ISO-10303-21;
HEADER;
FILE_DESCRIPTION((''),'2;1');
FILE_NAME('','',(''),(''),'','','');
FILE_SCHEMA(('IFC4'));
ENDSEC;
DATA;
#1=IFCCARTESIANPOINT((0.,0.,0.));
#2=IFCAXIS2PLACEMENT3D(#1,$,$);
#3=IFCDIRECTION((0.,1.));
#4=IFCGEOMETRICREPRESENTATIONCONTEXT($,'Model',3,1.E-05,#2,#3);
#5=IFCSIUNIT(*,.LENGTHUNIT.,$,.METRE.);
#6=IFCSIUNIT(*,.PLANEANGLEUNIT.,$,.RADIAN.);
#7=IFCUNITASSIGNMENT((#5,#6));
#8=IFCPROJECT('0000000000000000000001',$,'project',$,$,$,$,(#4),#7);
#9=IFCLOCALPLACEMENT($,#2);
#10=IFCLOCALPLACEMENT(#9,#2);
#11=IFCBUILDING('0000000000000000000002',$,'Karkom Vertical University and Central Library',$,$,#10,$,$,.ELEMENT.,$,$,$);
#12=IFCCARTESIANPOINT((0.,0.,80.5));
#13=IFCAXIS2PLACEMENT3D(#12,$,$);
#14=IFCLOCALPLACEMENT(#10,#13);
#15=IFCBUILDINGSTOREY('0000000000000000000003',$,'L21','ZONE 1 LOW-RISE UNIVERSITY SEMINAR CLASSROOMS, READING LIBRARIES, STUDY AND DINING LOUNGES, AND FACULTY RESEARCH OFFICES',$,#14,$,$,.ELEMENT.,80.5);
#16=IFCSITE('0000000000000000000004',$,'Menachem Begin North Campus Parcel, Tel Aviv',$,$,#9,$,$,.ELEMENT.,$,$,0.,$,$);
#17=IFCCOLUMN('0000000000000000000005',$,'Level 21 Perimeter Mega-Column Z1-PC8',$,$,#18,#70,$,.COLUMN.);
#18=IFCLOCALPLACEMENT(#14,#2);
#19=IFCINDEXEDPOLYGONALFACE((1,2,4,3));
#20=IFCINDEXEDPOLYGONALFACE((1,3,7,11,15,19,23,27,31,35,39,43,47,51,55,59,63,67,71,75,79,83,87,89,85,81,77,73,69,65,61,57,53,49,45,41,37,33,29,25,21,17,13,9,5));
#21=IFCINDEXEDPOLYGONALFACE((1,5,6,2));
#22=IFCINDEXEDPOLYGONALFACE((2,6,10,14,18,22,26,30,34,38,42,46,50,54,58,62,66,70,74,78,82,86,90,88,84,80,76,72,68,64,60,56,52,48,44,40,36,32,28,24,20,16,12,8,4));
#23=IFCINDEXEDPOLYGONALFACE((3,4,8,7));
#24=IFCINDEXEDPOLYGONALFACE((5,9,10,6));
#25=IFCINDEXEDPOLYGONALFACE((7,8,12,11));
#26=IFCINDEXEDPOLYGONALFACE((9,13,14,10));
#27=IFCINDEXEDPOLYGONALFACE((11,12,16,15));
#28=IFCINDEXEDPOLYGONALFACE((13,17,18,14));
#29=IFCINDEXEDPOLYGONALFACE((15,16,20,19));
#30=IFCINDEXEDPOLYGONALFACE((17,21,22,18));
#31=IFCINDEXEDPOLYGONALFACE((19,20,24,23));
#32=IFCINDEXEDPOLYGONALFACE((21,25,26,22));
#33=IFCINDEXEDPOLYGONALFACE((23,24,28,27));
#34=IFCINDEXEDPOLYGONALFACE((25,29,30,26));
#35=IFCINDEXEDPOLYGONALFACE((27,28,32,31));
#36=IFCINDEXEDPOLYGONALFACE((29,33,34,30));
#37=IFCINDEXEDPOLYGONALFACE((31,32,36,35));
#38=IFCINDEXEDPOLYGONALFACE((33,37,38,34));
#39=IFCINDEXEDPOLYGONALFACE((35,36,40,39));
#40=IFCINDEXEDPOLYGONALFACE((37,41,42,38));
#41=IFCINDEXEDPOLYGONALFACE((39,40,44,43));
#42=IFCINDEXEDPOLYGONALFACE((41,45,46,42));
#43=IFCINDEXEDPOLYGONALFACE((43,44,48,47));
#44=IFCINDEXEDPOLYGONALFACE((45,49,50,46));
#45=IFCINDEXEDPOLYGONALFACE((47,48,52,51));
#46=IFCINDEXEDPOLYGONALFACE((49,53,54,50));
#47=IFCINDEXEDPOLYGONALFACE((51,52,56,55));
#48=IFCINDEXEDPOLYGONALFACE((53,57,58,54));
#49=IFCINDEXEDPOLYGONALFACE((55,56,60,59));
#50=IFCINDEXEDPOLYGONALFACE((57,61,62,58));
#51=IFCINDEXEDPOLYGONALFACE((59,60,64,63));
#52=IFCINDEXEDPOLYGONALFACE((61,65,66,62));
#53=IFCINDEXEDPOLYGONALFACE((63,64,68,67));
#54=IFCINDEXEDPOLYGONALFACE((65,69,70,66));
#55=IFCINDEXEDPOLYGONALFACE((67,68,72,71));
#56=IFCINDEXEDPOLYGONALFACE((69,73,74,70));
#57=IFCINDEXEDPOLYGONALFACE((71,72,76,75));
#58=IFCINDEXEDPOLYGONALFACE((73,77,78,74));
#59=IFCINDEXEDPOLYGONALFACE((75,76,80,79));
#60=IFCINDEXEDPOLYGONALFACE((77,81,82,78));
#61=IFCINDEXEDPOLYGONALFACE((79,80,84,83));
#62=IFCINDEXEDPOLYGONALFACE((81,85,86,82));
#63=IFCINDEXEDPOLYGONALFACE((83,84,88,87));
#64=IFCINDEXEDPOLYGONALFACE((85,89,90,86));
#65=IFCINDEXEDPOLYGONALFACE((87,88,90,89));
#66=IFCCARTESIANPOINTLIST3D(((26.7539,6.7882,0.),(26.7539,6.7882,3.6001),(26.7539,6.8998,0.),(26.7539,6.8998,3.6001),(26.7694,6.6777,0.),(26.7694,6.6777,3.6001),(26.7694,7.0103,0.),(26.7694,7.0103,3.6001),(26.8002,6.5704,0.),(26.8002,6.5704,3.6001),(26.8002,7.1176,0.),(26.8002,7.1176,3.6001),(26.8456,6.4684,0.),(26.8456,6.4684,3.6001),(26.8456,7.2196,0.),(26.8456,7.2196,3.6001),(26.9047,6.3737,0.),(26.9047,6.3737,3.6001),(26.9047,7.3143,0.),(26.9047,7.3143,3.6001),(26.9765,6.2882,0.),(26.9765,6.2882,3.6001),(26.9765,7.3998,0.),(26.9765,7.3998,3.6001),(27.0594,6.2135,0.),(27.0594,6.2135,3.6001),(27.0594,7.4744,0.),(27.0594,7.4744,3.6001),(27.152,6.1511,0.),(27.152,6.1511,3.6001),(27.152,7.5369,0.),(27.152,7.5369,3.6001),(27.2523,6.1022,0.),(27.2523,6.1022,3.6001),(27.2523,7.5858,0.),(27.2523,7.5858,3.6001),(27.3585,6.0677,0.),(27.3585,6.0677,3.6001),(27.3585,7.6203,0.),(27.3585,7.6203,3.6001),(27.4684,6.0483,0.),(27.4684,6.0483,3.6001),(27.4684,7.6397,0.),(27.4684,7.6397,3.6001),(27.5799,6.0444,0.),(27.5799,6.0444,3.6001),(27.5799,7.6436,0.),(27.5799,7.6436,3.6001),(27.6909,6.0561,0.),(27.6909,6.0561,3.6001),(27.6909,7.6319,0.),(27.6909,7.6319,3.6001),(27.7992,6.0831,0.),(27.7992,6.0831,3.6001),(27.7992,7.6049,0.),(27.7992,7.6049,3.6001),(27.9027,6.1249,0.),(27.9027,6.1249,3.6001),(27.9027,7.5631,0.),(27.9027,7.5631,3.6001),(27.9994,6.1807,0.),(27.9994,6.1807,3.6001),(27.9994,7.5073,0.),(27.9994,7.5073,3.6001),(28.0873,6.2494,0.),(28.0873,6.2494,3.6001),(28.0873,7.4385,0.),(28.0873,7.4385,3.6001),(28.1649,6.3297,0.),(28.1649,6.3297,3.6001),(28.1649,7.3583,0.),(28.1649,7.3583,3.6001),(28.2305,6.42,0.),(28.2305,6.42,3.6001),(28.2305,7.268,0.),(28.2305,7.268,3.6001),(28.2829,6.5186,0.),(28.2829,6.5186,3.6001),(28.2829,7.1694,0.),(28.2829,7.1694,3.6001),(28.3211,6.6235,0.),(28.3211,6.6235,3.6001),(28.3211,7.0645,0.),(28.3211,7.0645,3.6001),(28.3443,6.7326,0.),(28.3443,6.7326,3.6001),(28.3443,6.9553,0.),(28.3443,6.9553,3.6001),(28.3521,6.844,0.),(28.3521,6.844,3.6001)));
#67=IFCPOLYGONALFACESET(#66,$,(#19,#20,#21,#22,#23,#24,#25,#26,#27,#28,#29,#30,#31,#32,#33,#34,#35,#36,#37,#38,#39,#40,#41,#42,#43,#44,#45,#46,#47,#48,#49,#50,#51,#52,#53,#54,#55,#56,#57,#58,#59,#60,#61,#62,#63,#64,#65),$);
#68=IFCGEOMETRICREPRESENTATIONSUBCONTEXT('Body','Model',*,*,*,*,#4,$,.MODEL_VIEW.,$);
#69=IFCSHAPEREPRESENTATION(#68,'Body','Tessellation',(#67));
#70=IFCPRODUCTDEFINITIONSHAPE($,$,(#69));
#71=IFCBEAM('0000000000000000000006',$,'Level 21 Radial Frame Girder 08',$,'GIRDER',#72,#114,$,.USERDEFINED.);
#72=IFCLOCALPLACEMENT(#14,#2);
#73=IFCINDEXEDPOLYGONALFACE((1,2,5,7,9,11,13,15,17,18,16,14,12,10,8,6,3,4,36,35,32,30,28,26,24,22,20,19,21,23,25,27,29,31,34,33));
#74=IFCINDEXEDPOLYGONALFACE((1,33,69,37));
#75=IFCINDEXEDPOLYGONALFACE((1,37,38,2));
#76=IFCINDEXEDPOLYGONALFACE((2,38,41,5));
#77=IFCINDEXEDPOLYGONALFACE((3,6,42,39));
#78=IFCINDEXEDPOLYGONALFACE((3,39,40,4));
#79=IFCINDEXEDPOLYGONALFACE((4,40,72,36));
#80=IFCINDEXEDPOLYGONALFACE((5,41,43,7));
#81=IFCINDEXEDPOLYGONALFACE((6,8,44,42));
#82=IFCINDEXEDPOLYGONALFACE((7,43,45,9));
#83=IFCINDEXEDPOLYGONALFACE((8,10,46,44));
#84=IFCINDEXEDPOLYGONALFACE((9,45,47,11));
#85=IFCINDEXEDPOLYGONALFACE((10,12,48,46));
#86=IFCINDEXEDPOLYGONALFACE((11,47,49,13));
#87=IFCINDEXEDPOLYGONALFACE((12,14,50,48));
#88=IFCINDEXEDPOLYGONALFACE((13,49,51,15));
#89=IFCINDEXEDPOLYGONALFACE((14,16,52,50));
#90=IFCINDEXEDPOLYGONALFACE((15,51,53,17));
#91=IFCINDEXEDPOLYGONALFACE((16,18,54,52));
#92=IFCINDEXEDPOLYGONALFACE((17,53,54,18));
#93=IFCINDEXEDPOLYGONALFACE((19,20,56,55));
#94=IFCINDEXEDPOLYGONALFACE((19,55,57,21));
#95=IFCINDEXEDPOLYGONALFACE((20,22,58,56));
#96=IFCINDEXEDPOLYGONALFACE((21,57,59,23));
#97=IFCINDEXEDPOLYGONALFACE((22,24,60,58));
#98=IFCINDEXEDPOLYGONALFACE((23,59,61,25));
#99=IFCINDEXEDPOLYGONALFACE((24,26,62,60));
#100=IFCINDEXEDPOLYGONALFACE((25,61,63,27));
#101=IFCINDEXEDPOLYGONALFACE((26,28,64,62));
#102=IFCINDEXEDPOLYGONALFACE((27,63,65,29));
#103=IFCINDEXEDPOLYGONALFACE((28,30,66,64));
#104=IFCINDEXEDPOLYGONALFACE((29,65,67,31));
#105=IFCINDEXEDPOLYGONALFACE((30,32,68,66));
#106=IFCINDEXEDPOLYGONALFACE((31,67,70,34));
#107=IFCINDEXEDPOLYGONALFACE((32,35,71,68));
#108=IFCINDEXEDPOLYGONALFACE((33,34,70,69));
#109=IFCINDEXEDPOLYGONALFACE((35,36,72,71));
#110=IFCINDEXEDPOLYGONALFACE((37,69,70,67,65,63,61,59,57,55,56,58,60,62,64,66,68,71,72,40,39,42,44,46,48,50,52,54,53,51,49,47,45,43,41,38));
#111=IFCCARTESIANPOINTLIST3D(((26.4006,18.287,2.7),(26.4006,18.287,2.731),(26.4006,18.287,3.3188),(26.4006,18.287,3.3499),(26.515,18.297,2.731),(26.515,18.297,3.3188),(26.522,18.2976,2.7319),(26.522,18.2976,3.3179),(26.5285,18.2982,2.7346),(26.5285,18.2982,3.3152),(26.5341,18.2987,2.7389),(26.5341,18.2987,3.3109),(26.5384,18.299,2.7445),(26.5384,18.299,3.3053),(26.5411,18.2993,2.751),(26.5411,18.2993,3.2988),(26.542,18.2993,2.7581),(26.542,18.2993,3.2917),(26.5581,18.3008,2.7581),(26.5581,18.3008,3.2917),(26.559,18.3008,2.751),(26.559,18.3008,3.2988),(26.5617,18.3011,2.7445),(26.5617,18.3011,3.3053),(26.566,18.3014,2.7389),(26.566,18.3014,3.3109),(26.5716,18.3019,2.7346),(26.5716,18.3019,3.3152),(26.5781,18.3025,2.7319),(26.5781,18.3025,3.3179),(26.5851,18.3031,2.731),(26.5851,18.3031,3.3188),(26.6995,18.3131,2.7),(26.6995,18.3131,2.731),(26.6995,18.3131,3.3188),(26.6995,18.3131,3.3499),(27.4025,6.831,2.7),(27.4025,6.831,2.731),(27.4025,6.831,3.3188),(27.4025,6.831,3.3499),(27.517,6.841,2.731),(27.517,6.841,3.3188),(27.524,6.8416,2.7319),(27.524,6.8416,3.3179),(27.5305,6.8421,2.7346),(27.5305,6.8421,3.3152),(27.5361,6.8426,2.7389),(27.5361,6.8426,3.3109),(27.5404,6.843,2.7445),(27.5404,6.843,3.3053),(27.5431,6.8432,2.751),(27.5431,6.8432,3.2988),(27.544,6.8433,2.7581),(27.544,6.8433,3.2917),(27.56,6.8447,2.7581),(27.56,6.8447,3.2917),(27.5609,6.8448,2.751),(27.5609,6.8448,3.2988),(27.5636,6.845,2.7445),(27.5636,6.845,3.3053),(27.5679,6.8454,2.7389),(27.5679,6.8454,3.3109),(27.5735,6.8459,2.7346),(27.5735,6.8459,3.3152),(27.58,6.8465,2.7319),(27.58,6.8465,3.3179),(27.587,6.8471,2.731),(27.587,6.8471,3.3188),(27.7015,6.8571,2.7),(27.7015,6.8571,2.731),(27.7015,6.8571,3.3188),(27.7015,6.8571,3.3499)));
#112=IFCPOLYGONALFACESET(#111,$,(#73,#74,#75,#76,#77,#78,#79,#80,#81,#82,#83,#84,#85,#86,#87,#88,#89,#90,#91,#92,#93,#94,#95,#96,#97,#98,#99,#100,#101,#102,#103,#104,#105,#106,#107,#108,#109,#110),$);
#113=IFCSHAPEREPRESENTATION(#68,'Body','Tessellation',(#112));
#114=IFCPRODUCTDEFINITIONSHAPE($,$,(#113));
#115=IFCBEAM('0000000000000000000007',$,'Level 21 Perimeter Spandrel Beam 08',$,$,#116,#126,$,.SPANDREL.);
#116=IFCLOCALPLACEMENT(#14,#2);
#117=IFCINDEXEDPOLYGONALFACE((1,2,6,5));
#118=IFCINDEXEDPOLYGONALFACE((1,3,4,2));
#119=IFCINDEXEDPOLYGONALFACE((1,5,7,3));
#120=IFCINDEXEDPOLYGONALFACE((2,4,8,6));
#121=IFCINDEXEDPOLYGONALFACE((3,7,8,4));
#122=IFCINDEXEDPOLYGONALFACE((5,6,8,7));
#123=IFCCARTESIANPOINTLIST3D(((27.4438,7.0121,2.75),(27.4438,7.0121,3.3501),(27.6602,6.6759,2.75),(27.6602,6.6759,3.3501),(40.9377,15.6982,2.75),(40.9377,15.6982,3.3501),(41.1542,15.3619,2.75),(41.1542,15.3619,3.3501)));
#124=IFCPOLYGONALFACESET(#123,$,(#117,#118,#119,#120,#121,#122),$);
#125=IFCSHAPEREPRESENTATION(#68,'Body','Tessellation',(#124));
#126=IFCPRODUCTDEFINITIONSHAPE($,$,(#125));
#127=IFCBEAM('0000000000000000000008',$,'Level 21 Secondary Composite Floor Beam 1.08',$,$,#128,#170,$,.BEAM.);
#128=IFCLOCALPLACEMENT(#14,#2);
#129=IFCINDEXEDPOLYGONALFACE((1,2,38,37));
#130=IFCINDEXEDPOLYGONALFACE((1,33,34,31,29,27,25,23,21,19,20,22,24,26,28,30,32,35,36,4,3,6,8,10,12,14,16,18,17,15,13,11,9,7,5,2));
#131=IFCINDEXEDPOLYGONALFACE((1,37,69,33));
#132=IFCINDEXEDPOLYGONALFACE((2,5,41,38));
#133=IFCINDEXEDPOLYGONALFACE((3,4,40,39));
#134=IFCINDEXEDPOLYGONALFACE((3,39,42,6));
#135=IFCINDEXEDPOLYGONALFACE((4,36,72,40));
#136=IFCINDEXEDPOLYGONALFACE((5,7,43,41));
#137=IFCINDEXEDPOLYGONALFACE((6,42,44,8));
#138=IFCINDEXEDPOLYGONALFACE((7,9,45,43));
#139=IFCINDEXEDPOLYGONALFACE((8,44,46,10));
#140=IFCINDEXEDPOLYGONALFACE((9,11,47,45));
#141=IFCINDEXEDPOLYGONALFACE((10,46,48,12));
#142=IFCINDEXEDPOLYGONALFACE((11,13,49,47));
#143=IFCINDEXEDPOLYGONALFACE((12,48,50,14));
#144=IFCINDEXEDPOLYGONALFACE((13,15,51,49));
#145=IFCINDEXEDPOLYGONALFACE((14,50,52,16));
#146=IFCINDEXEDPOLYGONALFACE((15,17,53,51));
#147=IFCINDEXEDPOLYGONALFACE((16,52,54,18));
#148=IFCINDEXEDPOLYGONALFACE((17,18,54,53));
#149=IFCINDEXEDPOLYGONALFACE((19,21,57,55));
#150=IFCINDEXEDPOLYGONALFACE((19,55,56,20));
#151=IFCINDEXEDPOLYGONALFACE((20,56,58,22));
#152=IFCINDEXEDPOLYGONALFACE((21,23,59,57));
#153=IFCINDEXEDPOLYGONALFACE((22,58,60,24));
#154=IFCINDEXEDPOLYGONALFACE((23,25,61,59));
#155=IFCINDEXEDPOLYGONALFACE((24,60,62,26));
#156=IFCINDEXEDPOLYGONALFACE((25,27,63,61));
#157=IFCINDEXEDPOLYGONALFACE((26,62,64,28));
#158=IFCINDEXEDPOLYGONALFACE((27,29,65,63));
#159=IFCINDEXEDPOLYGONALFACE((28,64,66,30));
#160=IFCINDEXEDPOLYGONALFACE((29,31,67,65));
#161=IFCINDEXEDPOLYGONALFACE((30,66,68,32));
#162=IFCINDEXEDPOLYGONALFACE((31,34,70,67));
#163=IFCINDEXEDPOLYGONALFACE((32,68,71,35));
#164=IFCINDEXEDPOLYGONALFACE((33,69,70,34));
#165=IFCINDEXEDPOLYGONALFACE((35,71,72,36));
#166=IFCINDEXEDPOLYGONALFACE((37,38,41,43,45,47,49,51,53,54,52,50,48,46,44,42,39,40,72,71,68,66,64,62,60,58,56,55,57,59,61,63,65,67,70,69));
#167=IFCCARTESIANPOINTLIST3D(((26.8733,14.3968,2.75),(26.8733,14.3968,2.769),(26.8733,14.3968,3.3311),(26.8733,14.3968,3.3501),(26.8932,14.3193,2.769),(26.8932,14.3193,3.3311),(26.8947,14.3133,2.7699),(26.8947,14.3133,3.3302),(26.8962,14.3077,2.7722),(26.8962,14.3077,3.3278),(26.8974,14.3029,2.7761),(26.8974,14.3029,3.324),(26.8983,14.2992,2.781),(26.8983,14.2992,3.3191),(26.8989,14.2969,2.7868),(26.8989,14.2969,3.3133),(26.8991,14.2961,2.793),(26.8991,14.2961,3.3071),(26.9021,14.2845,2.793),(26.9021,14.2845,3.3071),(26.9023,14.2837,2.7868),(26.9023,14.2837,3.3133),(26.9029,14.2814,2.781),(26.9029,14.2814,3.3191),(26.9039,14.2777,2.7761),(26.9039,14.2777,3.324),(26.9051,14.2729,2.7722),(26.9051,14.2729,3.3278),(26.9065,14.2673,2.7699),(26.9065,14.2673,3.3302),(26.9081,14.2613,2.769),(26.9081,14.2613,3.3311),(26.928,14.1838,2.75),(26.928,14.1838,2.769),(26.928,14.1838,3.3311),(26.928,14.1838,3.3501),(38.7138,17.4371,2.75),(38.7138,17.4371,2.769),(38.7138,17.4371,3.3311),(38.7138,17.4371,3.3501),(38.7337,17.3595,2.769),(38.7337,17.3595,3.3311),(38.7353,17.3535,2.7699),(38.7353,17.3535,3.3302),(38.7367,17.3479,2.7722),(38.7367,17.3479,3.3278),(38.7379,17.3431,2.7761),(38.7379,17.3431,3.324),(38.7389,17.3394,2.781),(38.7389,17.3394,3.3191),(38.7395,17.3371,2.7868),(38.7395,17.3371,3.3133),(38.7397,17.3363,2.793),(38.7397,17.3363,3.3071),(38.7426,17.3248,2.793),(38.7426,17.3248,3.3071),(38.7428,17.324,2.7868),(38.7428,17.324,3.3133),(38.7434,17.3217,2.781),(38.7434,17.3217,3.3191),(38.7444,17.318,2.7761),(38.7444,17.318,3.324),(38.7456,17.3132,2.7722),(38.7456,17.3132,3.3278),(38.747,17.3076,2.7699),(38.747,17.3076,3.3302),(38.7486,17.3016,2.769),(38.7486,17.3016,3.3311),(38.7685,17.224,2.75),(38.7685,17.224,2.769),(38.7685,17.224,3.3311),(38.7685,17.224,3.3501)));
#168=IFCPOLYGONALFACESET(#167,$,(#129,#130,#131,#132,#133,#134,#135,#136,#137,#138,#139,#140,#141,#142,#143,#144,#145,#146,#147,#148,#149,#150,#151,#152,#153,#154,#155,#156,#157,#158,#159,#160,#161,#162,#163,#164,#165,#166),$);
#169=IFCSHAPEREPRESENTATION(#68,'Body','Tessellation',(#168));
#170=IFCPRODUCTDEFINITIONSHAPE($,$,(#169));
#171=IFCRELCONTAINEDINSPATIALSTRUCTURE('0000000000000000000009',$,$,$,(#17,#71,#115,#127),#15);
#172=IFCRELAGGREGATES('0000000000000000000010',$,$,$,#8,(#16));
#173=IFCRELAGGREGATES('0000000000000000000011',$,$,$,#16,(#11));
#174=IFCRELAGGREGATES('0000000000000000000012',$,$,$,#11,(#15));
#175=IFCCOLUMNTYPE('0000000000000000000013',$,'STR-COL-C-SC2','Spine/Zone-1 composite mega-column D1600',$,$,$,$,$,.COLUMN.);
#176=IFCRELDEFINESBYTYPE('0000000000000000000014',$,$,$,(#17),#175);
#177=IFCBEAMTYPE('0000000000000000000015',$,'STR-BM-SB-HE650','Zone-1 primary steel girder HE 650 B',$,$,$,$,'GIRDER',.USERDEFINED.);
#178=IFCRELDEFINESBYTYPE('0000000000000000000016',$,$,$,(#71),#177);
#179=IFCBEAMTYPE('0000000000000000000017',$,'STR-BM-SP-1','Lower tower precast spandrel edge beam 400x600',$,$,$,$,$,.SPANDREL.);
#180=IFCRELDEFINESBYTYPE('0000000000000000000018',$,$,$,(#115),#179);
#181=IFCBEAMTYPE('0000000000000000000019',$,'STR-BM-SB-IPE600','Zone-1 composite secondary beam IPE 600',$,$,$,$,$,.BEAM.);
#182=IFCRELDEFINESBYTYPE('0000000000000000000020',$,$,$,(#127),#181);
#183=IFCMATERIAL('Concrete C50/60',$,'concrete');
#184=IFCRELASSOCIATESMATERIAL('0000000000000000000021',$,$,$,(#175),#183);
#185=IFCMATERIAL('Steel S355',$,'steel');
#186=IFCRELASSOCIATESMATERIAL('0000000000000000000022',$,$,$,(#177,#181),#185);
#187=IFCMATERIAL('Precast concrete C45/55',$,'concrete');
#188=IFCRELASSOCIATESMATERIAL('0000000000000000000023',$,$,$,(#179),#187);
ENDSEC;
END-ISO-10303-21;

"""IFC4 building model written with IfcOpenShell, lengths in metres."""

from ifc_helpers import new_model, si_unit, direction, frame, origin, origin_with_axes, origin_2d, place, context, subcontext, project, spatial, rectangle, circle, i_section, extrude, source, transform, mapped, material, material_profile, profile_set, type_object, element, save


model = new_model("IFC4")

# Units and contexts
model_context = context("Model", 3, precision=1e-05, world=origin(), true_north=direction((0.0, 1.0)))
body_context = subcontext(model_context, "Body", "Model", "MODEL_VIEW")
ifc_project = project(units=[si_unit("LENGTHUNIT", "METRE"), si_unit("PLANEANGLEUNIT", "RADIAN")], contexts=[model_context])

# Site, building, storey
site_placement = place(None, origin())
site = spatial("IfcSite", under=ifc_project, at=site_placement, Name="Menachem Begin North Campus Parcel, Tel Aviv", CompositionType="ELEMENT", RefElevation=0.0)
building_placement = place(site_placement, origin())
building = spatial("IfcBuilding", under=site, at=building_placement, Name="Karkom Vertical University and Central Library", CompositionType="ELEMENT")
storey_placement = place(building_placement, frame((0.0, 0.0, 80.5)))
storey = spatial("IfcBuildingStorey", under=building, at=storey_placement, Name="L21", Description="ZONE 1 LOW-RISE UNIVERSITY SEMINAR CLASSROOMS, READING LIBRARIES, STUDY AND DINING LOUNGES, AND FACULTY RESEARCH OFFICES", CompositionType="ELEMENT", Elevation=80.5)

# Column
ifc_material_1 = material(Name="Concrete C50/60", Category="concrete")
ifc_material_profile_1 = material_profile(ifc_material_1, circle(Radius=0.8, at=origin_2d()), Name="CFT-D1600")
ifc_profile_set_1 = profile_set([ifc_material_profile_1], Name="Concrete C50/60")
column_type = type_object("IfcColumnType", Name="STR-COL-C-SC2", Description="Spine/Zone-1 composite mega-column D1600", PredefinedType="COLUMN", material=ifc_profile_set_1)
shared_shape_1 = source(origin_with_axes(), body_context, "Body", "SweptSolid", [
    extrude(circle(Radius=0.8, at=origin_2d()), origin(), (0.0, 0.0, 1.0), 3.6001),
])
column_placement = place(storey_placement, frame((27.552, 6.844, 0.0), z_axis=(0.0, 0.0, 1.0), x_axis=(1.0, 0.0, 0.0)))
element("IfcColumn", 1, at=column_placement, inside=storey, type_object=column_type, Name="Level 21 Perimeter Mega-Column Z1-PC8", PredefinedType="COLUMN", context=body_context, shape_type="MappedRepresentation", body=[
    mapped(shared_shape_1, transform((0.0, 0.0, 0.0), scale=1.0)),
])

# Beams
ifc_material_2 = material(Name="Steel S355", Category="steel")
ifc_material_profile_2 = material_profile(ifc_material_2, i_section(OverallWidth=0.3, OverallDepth=0.6499, WebThickness=0.0161, FlangeThickness=0.031, FilletRadius=0.0271, at=origin_2d()), Name="HE 650 B")
ifc_profile_set_2 = profile_set([ifc_material_profile_2], Name="Steel S355")
beam_type_1 = type_object("IfcBeamType", Name="STR-BM-SB-HE650", Description="Zone-1 primary steel girder HE 650 B", ElementType="GIRDER", PredefinedType="USERDEFINED", material=ifc_profile_set_2)
shared_shape_2 = source(origin_with_axes(), body_context, "Body", "SweptSolid", [
    extrude(i_section(OverallWidth=0.3, OverallDepth=0.6499, WebThickness=0.0161, FlangeThickness=0.031, FilletRadius=0.0271, at=origin_2d()), origin(), (0.0, 0.0, 1.0), 11.4998),
])
beam_1_placement = place(storey_placement, frame((26.55, 18.3, 3.0249), z_axis=(0.087128, -0.996197, 0.0), x_axis=(0.996197, 0.087128, 0.0)))
element("IfcBeam", 2, at=beam_1_placement, inside=storey, type_object=beam_type_1, Name="Level 21 Radial Frame Girder 08", ObjectType="GIRDER", PredefinedType="USERDEFINED", context=body_context, shape_type="MappedRepresentation", body=[
    mapped(shared_shape_2, transform((0.0, 0.0, 0.0), scale=1.0)),
])
ifc_material_3 = material(Name="Precast concrete C45/55", Category="concrete")
ifc_material_profile_3 = material_profile(ifc_material_3, rectangle(XDim=0.3999, YDim=0.6001, at=origin_2d()), Name="SPB-400x600")
ifc_profile_set_3 = profile_set([ifc_material_profile_3], Name="Precast concrete C45/55")
beam_type_2 = type_object("IfcBeamType", Name="STR-BM-SP-1", Description="Lower tower precast spandrel edge beam 400x600", PredefinedType="SPANDREL", material=ifc_profile_set_3)
shared_shape_3 = source(origin_with_axes(), body_context, "Body", "SweptSolid", [
    extrude(rectangle(XDim=0.3999, YDim=0.6001, at=origin_2d()), origin(), (0.0, 0.0, 1.0), 16.0479),
])
beam_2_placement = place(storey_placement, frame((27.552, 6.844, 3.05), z_axis=(0.840856, 0.54126, 0.0), x_axis=(-0.54126, 0.840856, 0.0)))
element("IfcBeam", 3, at=beam_2_placement, inside=storey, type_object=beam_type_2, Name="Level 21 Perimeter Spandrel Beam 08", PredefinedType="SPANDREL", context=body_context, shape_type="MappedRepresentation", body=[
    mapped(shared_shape_3, transform((0.0, 0.0, 0.0), scale=1.0)),
])
ifc_material_profile_4 = material_profile(ifc_material_2, i_section(OverallWidth=0.22, OverallDepth=0.6001, WebThickness=0.012, FlangeThickness=0.019, FilletRadius=0.0239, at=origin_2d()), Name="IPE 600")
ifc_profile_set_4 = profile_set([ifc_material_profile_4], Name="Steel S355")
beam_type_3 = type_object("IfcBeamType", Name="STR-BM-SB-IPE600", Description="Zone-1 composite secondary beam IPE 600", PredefinedType="BEAM", material=ifc_profile_set_4)
shared_shape_4 = source(origin_with_axes(), body_context, "Body", "SweptSolid", [
    extrude(i_section(OverallWidth=0.22, OverallDepth=0.6001, WebThickness=0.012, FlangeThickness=0.019, FilletRadius=0.0239, at=origin_2d()), origin(), (0.0, 0.0, 1.0), 12.2246),
])
beam_3_placement = place(storey_placement, frame((26.9006, 14.2903, 3.05), z_axis=(0.96858, 0.248701, 0.0), x_axis=(-0.248701, 0.96858, 0.0)))
element("IfcBeam", 4, at=beam_3_placement, inside=storey, type_object=beam_type_3, Name="Level 21 Secondary Composite Floor Beam 1.08", PredefinedType="BEAM", context=body_context, shape_type="MappedRepresentation", body=[
    mapped(shared_shape_4, transform((0.0, 0.0, 0.0), scale=1.0)),
])

save(model, "model.ifc")
